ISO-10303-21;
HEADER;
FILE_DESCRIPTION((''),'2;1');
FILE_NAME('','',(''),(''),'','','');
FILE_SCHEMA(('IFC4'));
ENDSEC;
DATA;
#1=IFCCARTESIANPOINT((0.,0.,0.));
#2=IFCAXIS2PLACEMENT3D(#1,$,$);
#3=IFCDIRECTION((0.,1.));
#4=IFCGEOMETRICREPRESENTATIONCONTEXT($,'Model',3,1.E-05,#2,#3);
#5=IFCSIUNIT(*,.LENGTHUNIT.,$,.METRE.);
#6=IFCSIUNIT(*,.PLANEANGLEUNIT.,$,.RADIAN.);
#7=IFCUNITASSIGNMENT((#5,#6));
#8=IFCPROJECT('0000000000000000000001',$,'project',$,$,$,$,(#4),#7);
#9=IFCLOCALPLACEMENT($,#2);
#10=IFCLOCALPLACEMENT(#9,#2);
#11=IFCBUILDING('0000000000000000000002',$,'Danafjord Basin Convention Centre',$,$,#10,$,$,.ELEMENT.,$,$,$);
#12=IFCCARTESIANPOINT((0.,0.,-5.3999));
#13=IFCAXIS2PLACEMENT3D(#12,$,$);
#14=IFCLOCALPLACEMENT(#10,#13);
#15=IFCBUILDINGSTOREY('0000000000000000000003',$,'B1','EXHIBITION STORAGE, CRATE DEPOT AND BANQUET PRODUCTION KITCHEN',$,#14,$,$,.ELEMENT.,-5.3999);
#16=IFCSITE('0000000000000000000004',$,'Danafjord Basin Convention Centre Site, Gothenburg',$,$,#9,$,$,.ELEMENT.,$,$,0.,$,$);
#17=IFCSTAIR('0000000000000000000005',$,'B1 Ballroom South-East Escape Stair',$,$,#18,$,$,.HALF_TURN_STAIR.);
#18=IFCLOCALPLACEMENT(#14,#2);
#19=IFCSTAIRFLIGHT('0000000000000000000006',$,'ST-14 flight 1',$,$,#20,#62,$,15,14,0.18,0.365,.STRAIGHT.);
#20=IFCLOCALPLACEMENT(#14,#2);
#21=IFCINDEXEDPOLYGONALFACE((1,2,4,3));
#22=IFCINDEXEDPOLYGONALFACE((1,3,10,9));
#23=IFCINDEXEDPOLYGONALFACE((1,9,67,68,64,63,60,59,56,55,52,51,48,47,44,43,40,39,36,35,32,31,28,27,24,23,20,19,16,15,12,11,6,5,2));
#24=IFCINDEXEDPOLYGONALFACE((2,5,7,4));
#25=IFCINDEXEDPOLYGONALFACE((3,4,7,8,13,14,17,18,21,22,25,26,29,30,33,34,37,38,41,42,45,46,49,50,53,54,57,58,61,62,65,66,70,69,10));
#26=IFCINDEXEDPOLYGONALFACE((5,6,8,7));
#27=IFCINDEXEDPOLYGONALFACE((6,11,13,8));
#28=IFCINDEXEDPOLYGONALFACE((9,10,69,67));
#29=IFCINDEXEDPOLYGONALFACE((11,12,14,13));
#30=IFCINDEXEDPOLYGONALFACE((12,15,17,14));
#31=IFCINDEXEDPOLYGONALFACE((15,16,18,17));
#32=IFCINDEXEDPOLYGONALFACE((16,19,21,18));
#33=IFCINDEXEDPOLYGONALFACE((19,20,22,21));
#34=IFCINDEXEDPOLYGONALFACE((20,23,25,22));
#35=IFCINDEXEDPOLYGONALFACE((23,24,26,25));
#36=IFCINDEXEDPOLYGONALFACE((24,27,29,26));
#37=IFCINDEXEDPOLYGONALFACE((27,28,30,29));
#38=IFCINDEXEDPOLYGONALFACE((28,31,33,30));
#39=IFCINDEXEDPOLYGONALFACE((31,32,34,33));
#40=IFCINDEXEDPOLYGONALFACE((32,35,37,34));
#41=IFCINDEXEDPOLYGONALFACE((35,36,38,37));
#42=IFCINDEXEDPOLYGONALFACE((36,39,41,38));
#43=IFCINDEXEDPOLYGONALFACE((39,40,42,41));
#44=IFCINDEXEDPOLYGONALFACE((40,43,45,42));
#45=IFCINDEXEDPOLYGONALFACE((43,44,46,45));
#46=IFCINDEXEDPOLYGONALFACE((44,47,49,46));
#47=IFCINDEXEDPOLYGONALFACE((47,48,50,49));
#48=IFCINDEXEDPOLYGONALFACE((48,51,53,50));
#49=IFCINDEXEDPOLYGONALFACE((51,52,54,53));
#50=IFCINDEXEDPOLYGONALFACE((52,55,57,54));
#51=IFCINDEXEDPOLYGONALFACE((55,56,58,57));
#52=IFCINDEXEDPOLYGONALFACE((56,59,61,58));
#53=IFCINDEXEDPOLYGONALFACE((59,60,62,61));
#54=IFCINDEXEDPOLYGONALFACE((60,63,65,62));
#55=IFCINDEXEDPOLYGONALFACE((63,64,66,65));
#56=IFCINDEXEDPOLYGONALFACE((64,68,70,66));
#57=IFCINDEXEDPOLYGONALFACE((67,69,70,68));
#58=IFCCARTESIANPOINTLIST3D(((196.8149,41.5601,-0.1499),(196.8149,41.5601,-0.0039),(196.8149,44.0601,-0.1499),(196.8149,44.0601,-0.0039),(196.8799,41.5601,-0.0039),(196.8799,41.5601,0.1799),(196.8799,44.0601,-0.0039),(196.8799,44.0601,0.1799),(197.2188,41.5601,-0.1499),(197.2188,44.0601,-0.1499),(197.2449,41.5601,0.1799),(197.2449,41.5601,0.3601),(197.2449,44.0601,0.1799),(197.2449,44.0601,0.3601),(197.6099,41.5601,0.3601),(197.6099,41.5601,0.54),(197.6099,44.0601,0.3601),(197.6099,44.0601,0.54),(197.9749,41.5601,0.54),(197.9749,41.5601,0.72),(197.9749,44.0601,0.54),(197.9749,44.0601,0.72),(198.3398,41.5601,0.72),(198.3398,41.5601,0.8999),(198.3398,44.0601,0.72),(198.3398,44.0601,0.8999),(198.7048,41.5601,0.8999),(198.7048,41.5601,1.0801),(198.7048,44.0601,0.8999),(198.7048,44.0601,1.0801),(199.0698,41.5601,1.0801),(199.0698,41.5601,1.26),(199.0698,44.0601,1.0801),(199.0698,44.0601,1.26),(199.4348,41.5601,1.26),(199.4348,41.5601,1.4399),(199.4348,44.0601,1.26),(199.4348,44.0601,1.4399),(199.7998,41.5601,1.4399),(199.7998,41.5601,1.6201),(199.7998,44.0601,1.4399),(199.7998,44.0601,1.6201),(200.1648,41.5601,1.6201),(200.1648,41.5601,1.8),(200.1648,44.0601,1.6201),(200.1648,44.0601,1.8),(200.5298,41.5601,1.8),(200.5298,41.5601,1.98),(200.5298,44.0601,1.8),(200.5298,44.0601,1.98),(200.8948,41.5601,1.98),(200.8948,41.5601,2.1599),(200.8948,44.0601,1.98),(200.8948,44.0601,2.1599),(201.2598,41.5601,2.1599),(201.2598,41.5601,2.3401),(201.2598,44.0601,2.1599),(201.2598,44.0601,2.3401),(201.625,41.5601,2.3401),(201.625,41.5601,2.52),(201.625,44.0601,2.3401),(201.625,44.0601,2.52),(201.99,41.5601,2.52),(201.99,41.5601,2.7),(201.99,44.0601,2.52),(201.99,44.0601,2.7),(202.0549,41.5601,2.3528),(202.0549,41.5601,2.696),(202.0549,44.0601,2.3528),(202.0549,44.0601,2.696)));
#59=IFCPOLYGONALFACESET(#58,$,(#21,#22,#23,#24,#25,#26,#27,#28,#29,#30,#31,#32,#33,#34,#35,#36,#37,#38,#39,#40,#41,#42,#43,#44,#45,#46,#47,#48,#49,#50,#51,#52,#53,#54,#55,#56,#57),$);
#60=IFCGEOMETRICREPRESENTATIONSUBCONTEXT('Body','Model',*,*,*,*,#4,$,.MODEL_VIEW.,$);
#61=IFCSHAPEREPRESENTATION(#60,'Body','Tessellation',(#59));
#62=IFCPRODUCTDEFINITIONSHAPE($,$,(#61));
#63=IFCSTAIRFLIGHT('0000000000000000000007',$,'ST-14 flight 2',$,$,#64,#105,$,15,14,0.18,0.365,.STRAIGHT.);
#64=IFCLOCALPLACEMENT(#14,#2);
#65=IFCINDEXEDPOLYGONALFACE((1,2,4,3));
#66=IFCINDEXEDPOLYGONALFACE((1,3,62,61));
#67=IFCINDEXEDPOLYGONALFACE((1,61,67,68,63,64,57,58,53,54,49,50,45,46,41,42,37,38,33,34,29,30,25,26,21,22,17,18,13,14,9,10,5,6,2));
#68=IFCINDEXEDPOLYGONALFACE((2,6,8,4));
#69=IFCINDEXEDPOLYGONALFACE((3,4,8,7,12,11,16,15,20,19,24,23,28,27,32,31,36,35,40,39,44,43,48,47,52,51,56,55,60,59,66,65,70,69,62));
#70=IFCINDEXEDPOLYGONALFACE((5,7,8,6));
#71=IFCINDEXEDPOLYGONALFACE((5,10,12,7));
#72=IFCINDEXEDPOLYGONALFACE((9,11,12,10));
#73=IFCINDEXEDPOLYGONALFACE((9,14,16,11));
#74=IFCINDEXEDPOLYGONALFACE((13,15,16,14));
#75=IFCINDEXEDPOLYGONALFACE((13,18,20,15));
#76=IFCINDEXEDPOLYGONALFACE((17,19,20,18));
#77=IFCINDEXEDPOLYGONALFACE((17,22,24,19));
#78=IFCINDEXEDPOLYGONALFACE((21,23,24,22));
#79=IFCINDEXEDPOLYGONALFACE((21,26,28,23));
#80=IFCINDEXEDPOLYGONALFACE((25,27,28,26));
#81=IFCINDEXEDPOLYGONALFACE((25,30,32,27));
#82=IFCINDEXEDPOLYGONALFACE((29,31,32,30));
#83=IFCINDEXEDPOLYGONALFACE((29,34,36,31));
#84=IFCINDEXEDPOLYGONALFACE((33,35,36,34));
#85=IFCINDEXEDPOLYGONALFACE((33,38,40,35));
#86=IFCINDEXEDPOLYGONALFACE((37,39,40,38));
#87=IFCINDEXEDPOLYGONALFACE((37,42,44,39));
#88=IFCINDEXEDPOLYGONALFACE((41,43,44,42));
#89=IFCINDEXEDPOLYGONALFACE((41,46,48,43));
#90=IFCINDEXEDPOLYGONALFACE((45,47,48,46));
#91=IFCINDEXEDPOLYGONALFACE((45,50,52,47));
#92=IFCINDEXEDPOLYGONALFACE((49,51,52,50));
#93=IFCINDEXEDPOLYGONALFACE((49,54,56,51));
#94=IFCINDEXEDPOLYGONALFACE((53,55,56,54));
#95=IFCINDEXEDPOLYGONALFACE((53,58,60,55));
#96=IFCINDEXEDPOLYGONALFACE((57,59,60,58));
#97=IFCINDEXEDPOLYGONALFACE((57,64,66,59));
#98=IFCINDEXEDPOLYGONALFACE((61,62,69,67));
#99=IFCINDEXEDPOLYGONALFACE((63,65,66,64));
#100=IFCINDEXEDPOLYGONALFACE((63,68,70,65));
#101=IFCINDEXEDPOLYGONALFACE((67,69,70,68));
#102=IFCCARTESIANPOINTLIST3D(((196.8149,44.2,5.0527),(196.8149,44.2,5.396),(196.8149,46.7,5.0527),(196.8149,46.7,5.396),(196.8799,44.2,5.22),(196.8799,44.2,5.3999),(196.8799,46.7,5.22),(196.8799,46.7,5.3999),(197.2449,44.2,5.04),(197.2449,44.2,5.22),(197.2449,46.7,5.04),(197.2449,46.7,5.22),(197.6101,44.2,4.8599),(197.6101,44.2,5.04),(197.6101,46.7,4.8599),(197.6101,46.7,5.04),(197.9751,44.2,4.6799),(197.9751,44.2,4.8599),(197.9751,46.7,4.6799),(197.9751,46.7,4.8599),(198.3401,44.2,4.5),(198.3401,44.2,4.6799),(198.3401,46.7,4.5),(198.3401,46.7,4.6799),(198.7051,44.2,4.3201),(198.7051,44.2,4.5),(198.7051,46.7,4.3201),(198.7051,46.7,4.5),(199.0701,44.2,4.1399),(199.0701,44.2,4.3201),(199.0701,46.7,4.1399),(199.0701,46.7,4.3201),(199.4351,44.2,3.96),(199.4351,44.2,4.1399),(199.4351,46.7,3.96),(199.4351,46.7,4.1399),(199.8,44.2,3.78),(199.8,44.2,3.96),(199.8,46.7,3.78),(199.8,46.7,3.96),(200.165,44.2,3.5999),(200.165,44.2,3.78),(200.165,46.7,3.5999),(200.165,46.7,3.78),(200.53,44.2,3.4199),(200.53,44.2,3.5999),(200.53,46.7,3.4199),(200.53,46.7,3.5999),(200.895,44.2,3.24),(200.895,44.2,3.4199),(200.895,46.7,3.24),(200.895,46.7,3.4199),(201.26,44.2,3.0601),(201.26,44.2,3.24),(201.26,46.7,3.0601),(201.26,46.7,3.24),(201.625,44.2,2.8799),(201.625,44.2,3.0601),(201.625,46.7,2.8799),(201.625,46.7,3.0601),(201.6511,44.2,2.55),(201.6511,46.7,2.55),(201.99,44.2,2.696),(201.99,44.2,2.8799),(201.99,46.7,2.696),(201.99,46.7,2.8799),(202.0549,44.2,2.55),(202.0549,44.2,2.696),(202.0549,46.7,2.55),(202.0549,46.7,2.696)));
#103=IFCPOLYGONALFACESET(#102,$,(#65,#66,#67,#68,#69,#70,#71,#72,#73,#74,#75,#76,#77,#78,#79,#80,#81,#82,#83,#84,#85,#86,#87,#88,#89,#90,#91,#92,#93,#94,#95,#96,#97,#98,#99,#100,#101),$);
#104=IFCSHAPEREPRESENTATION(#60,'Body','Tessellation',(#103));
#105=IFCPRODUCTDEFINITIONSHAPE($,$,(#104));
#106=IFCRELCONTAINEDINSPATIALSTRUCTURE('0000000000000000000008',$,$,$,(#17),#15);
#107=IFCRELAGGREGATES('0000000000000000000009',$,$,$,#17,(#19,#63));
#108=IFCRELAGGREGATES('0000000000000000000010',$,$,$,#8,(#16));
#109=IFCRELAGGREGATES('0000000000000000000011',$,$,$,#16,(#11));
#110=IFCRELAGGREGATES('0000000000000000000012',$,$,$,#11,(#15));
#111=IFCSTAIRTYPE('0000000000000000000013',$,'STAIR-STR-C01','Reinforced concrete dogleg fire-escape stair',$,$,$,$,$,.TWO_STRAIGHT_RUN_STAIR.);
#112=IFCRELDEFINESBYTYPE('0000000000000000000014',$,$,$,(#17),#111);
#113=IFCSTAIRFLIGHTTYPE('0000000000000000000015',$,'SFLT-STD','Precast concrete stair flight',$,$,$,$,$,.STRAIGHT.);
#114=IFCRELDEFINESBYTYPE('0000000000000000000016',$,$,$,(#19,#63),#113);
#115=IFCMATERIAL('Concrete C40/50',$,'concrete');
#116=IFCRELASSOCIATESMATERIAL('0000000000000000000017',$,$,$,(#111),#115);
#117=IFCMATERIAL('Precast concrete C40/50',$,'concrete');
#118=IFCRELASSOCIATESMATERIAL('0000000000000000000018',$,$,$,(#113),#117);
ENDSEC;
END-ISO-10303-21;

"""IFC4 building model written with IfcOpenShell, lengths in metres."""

from ifc_helpers import new_model, si_unit, direction, frame, origin, place, context, subcontext, project, spatial, polyline, outline, extrude, material, type_object, element, aggregate, save


model = new_model("IFC4")

# Units and contexts
model_context = context("Model", 3, precision=1e-05, world=origin(), true_north=direction((0.0, 1.0)))
body_context = subcontext(model_context, "Body", "Model", "MODEL_VIEW")
ifc_project = project(units=[si_unit("LENGTHUNIT", "METRE"), si_unit("PLANEANGLEUNIT", "RADIAN")], contexts=[model_context])

# Site, building, storey
site_placement = place(None, origin())
site = spatial("IfcSite", under=ifc_project, at=site_placement, Name="Danafjord Basin Convention Centre Site, Gothenburg", CompositionType="ELEMENT", RefElevation=0.0)
building_placement = place(site_placement, origin())
building = spatial("IfcBuilding", under=site, at=building_placement, Name="Danafjord Basin Convention Centre", CompositionType="ELEMENT")
storey_placement = place(building_placement, frame((0.0, 0.0, -5.3999)))
storey = spatial("IfcBuildingStorey", under=building, at=storey_placement, Name="B1", Description="EXHIBITION STORAGE, CRATE DEPOT AND BANQUET PRODUCTION KITCHEN", CompositionType="ELEMENT", Elevation=-5.3999)

# Shared definitions
ifc_material_1 = material(Name="Concrete C40/50", Category="concrete")

# Shared definitions
stair_type = type_object("IfcStairType", Name="STAIR-STR-C01", Description="Reinforced concrete dogleg fire-escape stair", PredefinedType="TWO_STRAIGHT_RUN_STAIR", material=ifc_material_1)
ifc_material_2 = material(Name="Precast concrete C40/50", Category="concrete")
stair_flight_type = type_object("IfcStairFlightType", Name="SFLT-STD", Description="Precast concrete stair flight", PredefinedType="STRAIGHT", material=ifc_material_2)

# Stair, stair flights
stair_1_placement = place(storey_placement, origin())
stair_1 = element("IfcStair", 1, at=stair_1_placement, inside=storey, type_object=stair_type, Name="B1 Ballroom South-East Escape Stair", PredefinedType="HALF_TURN_STAIR")
stair_flight_1_placement = place(storey_placement, frame((196.8799, 42.8101, 0.0), z_axis=(0.0, 0.0, 1.0), x_axis=(1.0, 0.0, 0.0)))
stair_flight_1 = element("IfcStairFlight", 2, at=stair_flight_1_placement, type_object=stair_flight_type, Name="ST-14 flight 1", NumberOfRisers=15, NumberOfTreads=14, PredefinedType="STRAIGHT", RiserHeight=0.18, TreadLength=0.365, context=body_context, shape_type="SweptSolid", body=[
    extrude(outline(polyline([(-0.0649, -0.1499), (-0.0649, -0.0039), (0.0, -0.0039), (0.0, 0.1799), (0.365, 0.1799), (0.365, 0.3601), (0.73, 0.3601), (0.73, 0.54), (1.095, 0.54), (1.095, 0.72), (1.46, 0.72), (1.46, 0.8999), (1.825, 0.8999), (1.825, 1.0801), (2.1899, 1.0801), (2.1899, 1.26), (2.5549, 1.26), (2.5549, 1.4399), (2.9199, 1.4399), (2.9199, 1.6201), (3.2849, 1.6201), (3.2849, 1.8), (3.6499, 1.8), (3.6499, 1.98), (4.0149, 1.98), (4.0149, 2.1599), (4.3799, 2.1599), (4.3799, 2.3401), (4.7451, 2.3401), (4.7451, 2.52), (5.1101, 2.52), (5.1101, 2.7), (5.175, 2.696), (5.175, 2.3528), (0.3389, -0.1499), (-0.0649, -0.1499)])), frame((0.0, 1.25, 0.0), z_axis=(0.0, -1.0, 0.0), x_axis=(1.0, 0.0, 0.0)), (0.0, 0.0, 1.0), 2.5),
])
stair_flight_2_placement = place(storey_placement, frame((201.99, 45.45, 2.7), z_axis=(0.0, 0.0, 1.0), x_axis=(-1.0, 0.0, 0.0)))
stair_flight_2 = element("IfcStairFlight", 3, at=stair_flight_2_placement, type_object=stair_flight_type, Name="ST-14 flight 2", NumberOfRisers=15, NumberOfTreads=14, PredefinedType="STRAIGHT", RiserHeight=0.18, TreadLength=0.365, context=body_context, shape_type="SweptSolid", body=[
    extrude(outline(polyline([(-0.0649, -0.1499), (-0.0649, -0.0039), (0.0, -0.0039), (0.0, 0.1799), (0.365, 0.1799), (0.365, 0.3601), (0.73, 0.3601), (0.73, 0.54), (1.095, 0.54), (1.095, 0.72), (1.46, 0.72), (1.46, 0.8999), (1.825, 0.8999), (1.825, 1.0801), (2.1899, 1.0801), (2.1899, 1.26), (2.5549, 1.26), (2.5549, 1.4399), (2.9199, 1.4399), (2.9199, 1.6201), (3.2849, 1.6201), (3.2849, 1.8), (3.6499, 1.8), (3.6499, 1.98), (4.0149, 1.98), (4.0149, 2.1599), (4.3799, 2.1599), (4.3799, 2.3401), (4.7451, 2.3401), (4.7451, 2.52), (5.1101, 2.52), (5.1101, 2.7), (5.175, 2.696), (5.175, 2.3528), (0.3389, -0.1499), (-0.0649, -0.1499)])), frame((0.0, 1.25, 0.0), z_axis=(0.0, -1.0, 0.0), x_axis=(1.0, 0.0, 0.0)), (0.0, 0.0, 1.0), 2.5),
])
aggregate(stair_1, [stair_flight_1, stair_flight_2])

save(model, "model.ifc")
